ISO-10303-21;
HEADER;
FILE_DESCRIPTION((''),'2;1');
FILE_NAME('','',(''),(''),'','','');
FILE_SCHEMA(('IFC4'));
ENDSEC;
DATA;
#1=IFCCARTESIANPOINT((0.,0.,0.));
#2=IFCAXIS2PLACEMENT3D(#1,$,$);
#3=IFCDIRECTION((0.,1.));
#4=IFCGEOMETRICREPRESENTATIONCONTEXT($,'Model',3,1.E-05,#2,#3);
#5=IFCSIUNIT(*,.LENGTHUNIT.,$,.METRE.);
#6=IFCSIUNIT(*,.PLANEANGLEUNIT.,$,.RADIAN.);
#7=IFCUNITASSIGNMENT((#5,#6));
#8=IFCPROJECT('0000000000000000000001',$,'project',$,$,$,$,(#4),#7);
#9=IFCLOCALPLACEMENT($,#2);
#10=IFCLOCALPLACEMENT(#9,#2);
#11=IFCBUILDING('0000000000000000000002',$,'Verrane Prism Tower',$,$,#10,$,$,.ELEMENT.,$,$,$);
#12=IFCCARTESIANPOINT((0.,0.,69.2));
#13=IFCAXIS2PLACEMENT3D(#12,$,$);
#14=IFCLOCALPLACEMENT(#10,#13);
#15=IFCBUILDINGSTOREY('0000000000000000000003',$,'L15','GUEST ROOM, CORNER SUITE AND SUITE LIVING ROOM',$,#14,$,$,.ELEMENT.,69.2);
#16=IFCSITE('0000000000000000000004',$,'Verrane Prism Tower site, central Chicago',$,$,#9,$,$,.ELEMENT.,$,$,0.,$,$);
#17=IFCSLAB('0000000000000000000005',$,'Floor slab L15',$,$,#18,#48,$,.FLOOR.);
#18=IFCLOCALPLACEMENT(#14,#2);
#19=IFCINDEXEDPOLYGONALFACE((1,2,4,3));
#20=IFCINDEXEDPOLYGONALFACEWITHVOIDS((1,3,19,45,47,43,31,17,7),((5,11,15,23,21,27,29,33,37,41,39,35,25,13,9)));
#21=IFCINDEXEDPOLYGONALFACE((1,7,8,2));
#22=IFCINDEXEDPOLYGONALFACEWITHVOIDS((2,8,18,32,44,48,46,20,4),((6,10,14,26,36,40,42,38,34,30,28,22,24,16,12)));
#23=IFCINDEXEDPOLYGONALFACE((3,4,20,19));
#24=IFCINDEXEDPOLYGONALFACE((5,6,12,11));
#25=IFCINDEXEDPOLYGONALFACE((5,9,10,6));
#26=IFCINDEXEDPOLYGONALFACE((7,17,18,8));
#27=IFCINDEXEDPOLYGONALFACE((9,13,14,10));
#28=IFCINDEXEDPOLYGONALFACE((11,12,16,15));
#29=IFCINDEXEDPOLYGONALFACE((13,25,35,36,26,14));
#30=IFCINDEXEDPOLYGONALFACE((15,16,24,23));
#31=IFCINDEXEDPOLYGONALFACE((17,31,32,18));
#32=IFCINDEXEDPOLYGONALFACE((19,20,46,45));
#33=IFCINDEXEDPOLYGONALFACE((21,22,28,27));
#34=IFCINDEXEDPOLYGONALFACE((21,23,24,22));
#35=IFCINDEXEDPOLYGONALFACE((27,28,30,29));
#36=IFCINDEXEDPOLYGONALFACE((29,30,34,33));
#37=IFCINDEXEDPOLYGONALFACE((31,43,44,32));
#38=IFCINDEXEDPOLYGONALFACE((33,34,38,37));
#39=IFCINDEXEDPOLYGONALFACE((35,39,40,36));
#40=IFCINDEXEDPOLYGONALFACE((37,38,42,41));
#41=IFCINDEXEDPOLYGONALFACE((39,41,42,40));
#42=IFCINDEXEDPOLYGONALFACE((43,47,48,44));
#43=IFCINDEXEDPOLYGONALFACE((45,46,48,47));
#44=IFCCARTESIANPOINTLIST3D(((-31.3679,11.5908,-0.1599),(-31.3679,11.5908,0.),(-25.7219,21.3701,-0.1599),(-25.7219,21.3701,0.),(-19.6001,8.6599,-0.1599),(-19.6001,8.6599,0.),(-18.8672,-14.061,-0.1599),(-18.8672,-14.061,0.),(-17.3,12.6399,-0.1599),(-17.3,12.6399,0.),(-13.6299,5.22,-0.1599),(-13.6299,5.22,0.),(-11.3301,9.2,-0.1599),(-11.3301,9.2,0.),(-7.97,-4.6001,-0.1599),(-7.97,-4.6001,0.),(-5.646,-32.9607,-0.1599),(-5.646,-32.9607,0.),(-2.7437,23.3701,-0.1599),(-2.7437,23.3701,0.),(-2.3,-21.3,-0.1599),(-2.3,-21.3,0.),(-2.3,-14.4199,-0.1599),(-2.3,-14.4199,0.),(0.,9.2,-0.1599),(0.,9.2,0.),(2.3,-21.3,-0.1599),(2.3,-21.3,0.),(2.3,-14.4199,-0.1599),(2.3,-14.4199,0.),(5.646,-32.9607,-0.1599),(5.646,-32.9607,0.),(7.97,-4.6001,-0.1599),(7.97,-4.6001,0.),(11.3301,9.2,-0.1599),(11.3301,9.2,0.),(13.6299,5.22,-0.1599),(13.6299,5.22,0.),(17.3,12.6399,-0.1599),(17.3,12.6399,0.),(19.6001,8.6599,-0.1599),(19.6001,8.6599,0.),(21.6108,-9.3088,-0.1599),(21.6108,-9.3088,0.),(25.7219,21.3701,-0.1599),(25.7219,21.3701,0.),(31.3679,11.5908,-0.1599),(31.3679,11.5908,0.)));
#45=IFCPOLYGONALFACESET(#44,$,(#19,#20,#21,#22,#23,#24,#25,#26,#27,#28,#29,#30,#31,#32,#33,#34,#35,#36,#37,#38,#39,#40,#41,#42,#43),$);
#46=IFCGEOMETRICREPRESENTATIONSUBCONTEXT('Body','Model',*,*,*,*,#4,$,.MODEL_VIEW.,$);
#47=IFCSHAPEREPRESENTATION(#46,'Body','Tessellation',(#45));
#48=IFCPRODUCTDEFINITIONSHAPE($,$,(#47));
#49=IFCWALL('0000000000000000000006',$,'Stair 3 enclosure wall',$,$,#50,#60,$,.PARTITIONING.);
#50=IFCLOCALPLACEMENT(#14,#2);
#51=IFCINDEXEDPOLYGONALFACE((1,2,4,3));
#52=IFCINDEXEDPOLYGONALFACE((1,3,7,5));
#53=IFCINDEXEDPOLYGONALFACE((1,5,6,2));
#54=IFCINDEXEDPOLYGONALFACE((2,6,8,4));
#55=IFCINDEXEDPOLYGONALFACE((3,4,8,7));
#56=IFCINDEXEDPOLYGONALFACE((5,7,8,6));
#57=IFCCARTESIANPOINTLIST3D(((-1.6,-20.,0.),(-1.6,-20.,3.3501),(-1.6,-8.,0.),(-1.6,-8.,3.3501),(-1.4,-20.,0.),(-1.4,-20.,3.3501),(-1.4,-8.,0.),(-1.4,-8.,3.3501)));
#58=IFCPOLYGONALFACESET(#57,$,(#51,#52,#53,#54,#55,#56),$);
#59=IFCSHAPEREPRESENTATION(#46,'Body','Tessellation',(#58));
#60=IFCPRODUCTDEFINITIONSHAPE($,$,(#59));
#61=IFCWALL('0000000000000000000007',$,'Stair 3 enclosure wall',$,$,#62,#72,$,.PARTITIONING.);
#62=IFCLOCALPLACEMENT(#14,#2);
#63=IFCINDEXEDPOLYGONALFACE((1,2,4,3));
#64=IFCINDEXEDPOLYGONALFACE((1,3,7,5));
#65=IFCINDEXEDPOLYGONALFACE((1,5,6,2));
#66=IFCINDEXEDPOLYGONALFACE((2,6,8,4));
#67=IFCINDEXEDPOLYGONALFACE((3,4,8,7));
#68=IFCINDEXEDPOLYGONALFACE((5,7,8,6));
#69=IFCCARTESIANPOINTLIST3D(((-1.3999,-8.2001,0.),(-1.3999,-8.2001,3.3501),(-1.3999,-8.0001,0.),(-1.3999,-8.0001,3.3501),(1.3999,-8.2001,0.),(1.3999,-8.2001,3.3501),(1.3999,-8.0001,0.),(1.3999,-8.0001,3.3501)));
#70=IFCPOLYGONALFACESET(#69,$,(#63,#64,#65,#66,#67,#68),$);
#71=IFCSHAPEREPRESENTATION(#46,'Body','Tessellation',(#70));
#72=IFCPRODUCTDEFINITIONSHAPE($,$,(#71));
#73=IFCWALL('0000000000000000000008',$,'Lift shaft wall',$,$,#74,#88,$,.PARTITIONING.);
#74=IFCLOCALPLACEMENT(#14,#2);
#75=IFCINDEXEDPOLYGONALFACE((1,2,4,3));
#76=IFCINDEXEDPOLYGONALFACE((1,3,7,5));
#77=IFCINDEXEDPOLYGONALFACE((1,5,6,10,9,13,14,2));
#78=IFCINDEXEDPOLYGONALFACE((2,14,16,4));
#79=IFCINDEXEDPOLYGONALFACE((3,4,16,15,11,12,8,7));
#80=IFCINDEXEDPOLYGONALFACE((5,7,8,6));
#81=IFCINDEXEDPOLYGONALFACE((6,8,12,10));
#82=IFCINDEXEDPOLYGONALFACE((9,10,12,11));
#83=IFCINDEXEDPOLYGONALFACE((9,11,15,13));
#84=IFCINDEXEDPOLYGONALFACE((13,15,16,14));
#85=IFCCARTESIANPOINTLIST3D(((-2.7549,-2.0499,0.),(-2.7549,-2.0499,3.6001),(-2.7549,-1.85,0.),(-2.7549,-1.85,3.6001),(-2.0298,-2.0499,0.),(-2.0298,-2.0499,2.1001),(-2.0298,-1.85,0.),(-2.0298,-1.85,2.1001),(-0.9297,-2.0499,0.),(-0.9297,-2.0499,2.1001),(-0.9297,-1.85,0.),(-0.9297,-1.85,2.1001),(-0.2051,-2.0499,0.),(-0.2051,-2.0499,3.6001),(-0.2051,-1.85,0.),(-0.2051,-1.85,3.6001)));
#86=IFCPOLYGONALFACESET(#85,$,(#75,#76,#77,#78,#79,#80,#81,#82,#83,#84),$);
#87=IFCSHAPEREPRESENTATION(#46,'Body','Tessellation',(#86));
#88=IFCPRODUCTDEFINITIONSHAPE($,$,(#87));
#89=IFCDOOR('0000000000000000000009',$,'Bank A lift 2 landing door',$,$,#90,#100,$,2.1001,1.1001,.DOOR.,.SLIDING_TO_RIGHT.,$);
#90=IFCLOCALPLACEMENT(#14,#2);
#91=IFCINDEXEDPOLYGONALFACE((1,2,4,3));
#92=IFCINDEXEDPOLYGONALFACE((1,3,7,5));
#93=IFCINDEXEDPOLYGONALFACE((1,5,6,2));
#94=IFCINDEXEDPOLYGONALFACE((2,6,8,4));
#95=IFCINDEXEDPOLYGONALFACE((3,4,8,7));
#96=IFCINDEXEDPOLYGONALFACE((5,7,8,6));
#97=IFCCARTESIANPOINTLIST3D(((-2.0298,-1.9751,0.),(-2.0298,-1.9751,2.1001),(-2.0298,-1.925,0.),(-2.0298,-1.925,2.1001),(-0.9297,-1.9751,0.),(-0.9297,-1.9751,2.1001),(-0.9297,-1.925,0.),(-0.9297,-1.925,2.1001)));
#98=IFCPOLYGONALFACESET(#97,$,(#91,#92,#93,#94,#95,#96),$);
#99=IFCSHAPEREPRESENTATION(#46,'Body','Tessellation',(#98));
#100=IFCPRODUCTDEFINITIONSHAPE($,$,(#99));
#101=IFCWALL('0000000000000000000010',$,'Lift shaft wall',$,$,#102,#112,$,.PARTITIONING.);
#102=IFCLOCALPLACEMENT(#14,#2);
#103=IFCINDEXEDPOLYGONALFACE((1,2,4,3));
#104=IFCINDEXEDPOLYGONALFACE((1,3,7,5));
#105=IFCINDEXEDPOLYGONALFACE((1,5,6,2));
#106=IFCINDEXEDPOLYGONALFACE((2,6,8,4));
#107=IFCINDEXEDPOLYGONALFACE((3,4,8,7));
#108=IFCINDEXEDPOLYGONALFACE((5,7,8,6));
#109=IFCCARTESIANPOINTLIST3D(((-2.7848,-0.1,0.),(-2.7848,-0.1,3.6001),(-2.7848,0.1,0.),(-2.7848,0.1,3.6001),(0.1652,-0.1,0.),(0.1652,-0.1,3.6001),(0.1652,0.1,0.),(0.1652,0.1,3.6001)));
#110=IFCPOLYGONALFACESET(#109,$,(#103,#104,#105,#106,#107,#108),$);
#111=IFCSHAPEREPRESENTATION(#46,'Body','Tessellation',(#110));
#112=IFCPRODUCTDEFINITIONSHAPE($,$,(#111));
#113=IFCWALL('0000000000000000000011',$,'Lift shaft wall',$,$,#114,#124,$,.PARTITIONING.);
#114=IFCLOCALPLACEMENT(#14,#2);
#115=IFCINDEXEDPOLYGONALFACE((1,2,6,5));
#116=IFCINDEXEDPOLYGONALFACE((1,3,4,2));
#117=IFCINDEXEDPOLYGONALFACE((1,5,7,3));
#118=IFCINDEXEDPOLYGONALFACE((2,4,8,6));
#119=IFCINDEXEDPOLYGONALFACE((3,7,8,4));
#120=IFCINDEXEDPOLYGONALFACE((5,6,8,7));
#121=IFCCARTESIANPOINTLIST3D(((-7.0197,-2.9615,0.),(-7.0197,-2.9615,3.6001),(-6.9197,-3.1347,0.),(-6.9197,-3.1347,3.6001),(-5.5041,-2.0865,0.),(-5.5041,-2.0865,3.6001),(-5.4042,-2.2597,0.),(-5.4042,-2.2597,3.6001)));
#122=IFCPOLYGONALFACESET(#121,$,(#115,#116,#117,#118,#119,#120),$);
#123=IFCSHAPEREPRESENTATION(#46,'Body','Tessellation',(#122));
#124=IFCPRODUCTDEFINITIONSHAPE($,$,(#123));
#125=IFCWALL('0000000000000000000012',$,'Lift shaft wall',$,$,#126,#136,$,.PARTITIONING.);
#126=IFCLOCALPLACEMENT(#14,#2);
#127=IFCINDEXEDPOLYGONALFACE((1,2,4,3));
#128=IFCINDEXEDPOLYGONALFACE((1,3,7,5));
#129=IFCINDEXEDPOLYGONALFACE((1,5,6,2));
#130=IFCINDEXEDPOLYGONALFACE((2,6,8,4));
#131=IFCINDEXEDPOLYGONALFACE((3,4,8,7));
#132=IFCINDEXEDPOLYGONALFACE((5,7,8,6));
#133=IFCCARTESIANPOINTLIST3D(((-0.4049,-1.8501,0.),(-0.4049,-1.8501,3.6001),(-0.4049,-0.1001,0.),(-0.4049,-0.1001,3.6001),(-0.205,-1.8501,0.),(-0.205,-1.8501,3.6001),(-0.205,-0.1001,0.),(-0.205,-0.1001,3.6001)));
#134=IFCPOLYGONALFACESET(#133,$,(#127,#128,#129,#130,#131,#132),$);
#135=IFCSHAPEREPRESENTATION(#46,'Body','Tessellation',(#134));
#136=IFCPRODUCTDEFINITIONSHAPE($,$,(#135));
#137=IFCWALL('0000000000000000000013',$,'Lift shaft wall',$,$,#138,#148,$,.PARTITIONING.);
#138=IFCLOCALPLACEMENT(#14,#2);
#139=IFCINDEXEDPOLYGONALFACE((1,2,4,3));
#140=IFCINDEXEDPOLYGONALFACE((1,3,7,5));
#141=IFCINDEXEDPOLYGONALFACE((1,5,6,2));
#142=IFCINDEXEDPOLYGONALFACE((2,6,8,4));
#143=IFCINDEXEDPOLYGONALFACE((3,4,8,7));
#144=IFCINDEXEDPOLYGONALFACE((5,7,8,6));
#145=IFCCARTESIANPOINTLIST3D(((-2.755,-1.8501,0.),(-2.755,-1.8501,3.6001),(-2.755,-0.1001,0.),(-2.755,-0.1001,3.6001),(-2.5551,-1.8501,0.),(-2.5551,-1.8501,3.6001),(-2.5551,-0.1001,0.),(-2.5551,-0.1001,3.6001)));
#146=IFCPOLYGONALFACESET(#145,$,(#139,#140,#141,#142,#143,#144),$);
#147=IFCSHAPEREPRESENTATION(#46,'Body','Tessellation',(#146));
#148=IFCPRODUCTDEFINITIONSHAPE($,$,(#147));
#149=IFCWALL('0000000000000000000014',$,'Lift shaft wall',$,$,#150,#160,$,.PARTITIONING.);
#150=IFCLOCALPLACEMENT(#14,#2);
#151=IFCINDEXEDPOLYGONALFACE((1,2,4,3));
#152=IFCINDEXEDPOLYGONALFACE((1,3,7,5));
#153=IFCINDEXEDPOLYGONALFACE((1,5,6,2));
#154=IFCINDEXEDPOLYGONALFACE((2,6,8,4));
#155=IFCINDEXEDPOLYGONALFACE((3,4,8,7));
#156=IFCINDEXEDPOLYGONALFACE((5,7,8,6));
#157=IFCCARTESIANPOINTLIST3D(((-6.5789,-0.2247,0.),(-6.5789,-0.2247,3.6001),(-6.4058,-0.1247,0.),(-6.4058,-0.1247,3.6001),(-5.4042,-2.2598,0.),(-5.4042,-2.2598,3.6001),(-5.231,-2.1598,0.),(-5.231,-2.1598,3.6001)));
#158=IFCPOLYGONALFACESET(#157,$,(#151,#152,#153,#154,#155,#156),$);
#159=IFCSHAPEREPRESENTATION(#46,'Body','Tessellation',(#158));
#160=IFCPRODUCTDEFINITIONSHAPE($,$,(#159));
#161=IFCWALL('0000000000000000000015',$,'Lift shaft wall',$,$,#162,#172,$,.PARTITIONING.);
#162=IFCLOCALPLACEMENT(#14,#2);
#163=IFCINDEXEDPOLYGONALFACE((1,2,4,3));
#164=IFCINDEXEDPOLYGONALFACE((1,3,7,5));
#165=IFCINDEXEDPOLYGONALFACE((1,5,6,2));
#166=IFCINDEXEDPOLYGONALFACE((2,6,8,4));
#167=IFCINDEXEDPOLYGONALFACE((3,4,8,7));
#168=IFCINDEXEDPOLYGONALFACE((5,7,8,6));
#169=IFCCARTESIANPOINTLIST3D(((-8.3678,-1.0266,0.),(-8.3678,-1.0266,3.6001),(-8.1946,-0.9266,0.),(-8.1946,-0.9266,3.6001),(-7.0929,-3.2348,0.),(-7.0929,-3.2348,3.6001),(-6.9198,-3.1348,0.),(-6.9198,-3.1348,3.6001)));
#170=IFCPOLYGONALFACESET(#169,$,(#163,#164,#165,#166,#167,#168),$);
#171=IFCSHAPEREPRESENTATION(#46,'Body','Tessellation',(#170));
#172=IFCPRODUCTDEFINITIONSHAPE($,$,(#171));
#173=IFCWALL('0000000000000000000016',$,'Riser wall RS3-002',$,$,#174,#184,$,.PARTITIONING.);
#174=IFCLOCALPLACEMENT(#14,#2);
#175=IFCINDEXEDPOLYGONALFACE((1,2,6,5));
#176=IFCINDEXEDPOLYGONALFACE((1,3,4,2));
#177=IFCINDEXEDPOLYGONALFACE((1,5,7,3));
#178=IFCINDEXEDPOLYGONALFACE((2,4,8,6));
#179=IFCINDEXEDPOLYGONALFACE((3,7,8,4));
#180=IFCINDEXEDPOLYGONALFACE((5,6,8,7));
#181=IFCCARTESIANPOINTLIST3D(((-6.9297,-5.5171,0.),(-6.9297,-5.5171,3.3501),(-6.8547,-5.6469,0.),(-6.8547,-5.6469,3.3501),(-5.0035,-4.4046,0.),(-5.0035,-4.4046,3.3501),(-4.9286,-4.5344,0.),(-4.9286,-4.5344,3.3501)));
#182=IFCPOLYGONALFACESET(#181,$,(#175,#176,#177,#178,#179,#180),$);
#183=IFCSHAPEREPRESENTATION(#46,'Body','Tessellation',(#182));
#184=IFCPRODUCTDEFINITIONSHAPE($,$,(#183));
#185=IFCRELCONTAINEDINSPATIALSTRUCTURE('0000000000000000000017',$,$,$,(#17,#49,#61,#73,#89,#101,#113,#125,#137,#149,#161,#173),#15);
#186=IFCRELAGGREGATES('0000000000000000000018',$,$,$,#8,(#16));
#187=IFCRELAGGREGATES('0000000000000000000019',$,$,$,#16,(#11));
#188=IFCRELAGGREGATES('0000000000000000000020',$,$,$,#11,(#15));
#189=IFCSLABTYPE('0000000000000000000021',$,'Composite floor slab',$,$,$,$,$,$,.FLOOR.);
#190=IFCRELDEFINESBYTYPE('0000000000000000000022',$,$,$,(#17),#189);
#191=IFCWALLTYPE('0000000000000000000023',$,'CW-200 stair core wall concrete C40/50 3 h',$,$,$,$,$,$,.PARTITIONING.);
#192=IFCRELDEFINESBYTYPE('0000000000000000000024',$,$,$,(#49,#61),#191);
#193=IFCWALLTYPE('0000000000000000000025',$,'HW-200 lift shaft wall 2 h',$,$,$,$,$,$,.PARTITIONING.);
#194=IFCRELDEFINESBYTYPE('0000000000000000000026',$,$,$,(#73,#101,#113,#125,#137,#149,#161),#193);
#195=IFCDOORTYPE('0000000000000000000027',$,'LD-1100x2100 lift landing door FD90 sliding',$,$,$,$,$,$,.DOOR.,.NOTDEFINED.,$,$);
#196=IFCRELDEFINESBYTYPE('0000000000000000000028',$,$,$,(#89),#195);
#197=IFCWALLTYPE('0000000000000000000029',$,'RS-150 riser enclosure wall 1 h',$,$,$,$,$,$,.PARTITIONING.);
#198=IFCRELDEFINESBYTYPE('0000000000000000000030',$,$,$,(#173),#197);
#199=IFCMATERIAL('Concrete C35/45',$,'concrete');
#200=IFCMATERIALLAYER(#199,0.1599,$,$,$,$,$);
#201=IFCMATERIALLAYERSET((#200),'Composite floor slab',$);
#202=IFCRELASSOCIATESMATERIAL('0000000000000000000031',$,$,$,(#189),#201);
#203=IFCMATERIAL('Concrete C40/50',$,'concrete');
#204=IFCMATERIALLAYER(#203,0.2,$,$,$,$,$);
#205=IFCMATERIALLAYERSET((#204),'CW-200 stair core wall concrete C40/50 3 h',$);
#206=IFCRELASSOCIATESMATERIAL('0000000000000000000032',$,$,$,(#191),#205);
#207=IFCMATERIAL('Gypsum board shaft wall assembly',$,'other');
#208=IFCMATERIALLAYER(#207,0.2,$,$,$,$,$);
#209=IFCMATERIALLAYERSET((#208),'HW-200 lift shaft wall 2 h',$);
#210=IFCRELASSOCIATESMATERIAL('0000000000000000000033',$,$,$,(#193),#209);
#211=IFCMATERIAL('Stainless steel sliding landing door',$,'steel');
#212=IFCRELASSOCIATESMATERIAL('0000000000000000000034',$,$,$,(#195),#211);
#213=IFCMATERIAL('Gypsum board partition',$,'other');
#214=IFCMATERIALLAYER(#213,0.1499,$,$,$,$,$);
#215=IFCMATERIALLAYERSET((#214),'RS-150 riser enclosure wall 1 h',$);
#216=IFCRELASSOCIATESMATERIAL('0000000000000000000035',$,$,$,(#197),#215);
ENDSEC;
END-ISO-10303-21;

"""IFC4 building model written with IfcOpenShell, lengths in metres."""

from ifc_helpers import new_model, si_unit, direction, frame, frame_2d, origin, place, context, subcontext, project, spatial, polyline, rectangle, outline, extrude, material, layer, layer_set, type_object, element, fill, save


model = new_model("IFC4")

# Units and contexts
model_context = context("Model", 3, precision=1e-05, world=origin(), true_north=direction((0.0, 1.0)))
body_context = subcontext(model_context, "Body", "Model", "MODEL_VIEW")
ifc_project = project(units=[si_unit("LENGTHUNIT", "METRE"), si_unit("PLANEANGLEUNIT", "RADIAN")], contexts=[model_context])

# Site, building, storey
site_placement = place(None, origin())
site = spatial("IfcSite", under=ifc_project, at=site_placement, Name="Verrane Prism Tower site, central Chicago", CompositionType="ELEMENT", RefElevation=0.0)
building_placement = place(site_placement, origin())
building = spatial("IfcBuilding", under=site, at=building_placement, Name="Verrane Prism Tower", CompositionType="ELEMENT")
storey_placement = place(building_placement, frame((0.0, 0.0, 69.2)))
storey = spatial("IfcBuildingStorey", under=building, at=storey_placement, Name="L15", Description="GUEST ROOM, CORNER SUITE AND SUITE LIVING ROOM", CompositionType="ELEMENT", Elevation=69.2)

# Slab
ifc_material_1 = material(Name="Concrete C35/45", Category="concrete")
ifc_layer_1 = layer(ifc_material_1, 0.1599)
ifc_layer_set_1 = layer_set([ifc_layer_1], Name="Composite floor slab")
slab_type = type_object("IfcSlabType", Name="Composite floor slab", PredefinedType="FLOOR", material=ifc_layer_set_1)
slab_placement = place(storey_placement, frame((0.0, 0.0, -0.1599)))
element("IfcSlab", 1, at=slab_placement, inside=storey, type_object=slab_type, Name="Floor slab L15", PredefinedType="FLOOR", context=body_context, shape_type="SweptSolid", body=[
    extrude(outline(polyline([(21.6108, -9.3088), (5.646, -32.9607), (-5.646, -32.9607), (-18.8672, -14.061), (-31.3679, 11.5908), (-25.7219, 21.3701), (-2.7437, 23.3701), (25.7219, 21.3701), (31.3679, 11.5908), (21.6108, -9.3088)]), holes=[polyline([(19.6001, 8.6599), (17.3, 12.6399), (11.3301, 9.2), (0.0, 9.2), (-11.3301, 9.2), (-17.3, 12.6399), (-19.6001, 8.6599), (-13.6299, 5.22), (-7.97, -4.6001), (-2.3, -14.4199), (-2.3, -21.3), (2.3, -21.3), (2.3, -14.4199), (7.97, -4.6001), (13.6299, 5.22), (19.6001, 8.6599)])]), origin(), (0.0, 0.0, 1.0), 0.1599),
])

# Walls
ifc_material_2 = material(Name="Concrete C40/50", Category="concrete")
ifc_layer_2 = layer(ifc_material_2, 0.2)
ifc_layer_set_2 = layer_set([ifc_layer_2], Name="CW-200 stair core wall concrete C40/50 3 h")
wall_type_1 = type_object("IfcWallType", Name="CW-200 stair core wall concrete C40/50 3 h", PredefinedType="PARTITIONING", material=ifc_layer_set_2)
wall_1_placement = place(storey_placement, frame((-1.5, -8.0, 0.0), z_axis=(0.0, 0.0, 1.0), x_axis=(0.0, -1.0, 0.0)))
element("IfcWall", 2, at=wall_1_placement, inside=storey, type_object=wall_type_1, Name="Stair 3 enclosure wall", PredefinedType="PARTITIONING", context=body_context, shape_type="SweptSolid", body=[
    extrude(rectangle(XDim=12.0, YDim=0.2, at=frame_2d((6.0, 0.0))), origin(), (0.0, 0.0, 1.0), 3.3501),
])
wall_2_placement = place(storey_placement, frame((-1.3999, -8.1001, 0.0), z_axis=(0.0, 0.0, 1.0), x_axis=(1.0, 0.0, 0.0)))
element("IfcWall", 3, at=wall_2_placement, inside=storey, type_object=wall_type_1, Name="Stair 3 enclosure wall", PredefinedType="PARTITIONING", context=body_context, shape_type="SweptSolid", body=[
    extrude(rectangle(XDim=2.7998, YDim=0.2, at=frame_2d((1.3999, 0.0))), origin(), (0.0, 0.0, 1.0), 3.3501),
])

# Wall, opening, door
ifc_material_3 = material(Name="Gypsum board shaft wall assembly", Category="other")
ifc_layer_3 = layer(ifc_material_3, 0.2)
ifc_layer_set_3 = layer_set([ifc_layer_3], Name="HW-200 lift shaft wall 2 h")
wall_type_2 = type_object("IfcWallType", Name="HW-200 lift shaft wall 2 h", PredefinedType="PARTITIONING", material=ifc_layer_set_3)
wall_3_placement = place(storey_placement, frame((-2.7549, -1.95, 0.0), z_axis=(0.0, 0.0, 1.0), x_axis=(1.0, 0.0, 0.0)))
wall_3 = element("IfcWall", 4, at=wall_3_placement, inside=storey, type_object=wall_type_2, Name="Lift shaft wall", PredefinedType="PARTITIONING", context=body_context, shape_type="SweptSolid", body=[
    extrude(rectangle(XDim=2.5498, YDim=0.2, at=frame_2d((1.2749, 0.0))), origin(), (0.0, 0.0, 1.0), 3.6001),
])
opening_1_placement = place(wall_3_placement, frame((0.7251, 0.0, 0.0)))
opening_1 = element("IfcOpeningElement", 5, at=opening_1_placement, cuts=wall_3, PredefinedType="OPENING", context=body_context, shape_type="SweptSolid", body=[
    extrude(rectangle(XDim=1.1001, YDim=2.1001, at=frame_2d((0.55, 1.05))), frame((0.0, 0.1099, 0.0), z_axis=(0.0, -1.0, 0.0), x_axis=(1.0, 0.0, 0.0)), (0.0, 0.0, 1.0), 0.22),
])
ifc_material_4 = material(Name="Stainless steel sliding landing door", Category="steel")
door_type_1 = type_object("IfcDoorType", Name="LD-1100x2100 lift landing door FD90 sliding", OperationType="NOTDEFINED", PredefinedType="DOOR", material=ifc_material_4)
door_1_placement = place(opening_1_placement, origin())
door_1 = element("IfcDoor", 6, at=door_1_placement, inside=storey, type_object=door_type_1, Name="Bank A lift 2 landing door", OperationType="SLIDING_TO_RIGHT", OverallHeight=2.1001, OverallWidth=1.1001, PredefinedType="DOOR", context=body_context, shape_type="SweptSolid", body=[
    extrude(rectangle(XDim=1.1001, YDim=2.1001, at=frame_2d((0.55, 1.05))), frame((0.0, 0.0249, 0.0), z_axis=(0.0, -1.0, 0.0), x_axis=(1.0, 0.0, 0.0)), (0.0, 0.0, 1.0), 0.05),
])
fill(opening_1, door_1)

# Walls
wall_4_placement = place(storey_placement, frame((-2.7849, 0.0, 0.0), z_axis=(0.0, 0.0, 1.0), x_axis=(1.0, 0.0, 0.0)))
element("IfcWall", 7, at=wall_4_placement, inside=storey, type_object=wall_type_2, Name="Lift shaft wall", PredefinedType="PARTITIONING", context=body_context, shape_type="SweptSolid", body=[
    extrude(rectangle(XDim=2.95, YDim=0.2, at=frame_2d((1.4751, 0.0))), origin(), (0.0, 0.0, 1.0), 3.6001),
])
for number, where, z_axis, x_axis, name in (
    (8, (-6.9697, -3.0481, 0.0), (0.0, 0.0, 1.0), (0.866037, 0.49998, 0.0), "Lift shaft wall"),
    (9, (-0.3049, -1.8501, 0.0), (0.0, 0.0, 1.0), (0.0, 1.0, 0.0), "Lift shaft wall"),
    (10, (-2.655, -1.8501, 0.0), (0.0, 0.0, 1.0), (0.0, 1.0, 0.0), "Lift shaft wall"),
):
    element("IfcWall", number, at=place(storey_placement, frame(where, z_axis=z_axis, x_axis=x_axis)), inside=storey, type_object=wall_type_2, Name=name, PredefinedType="PARTITIONING", context=body_context, shape_type="SweptSolid", body=[
        extrude(rectangle(XDim=1.75, YDim=0.2, at=frame_2d((0.875, 0.0))), origin(), (0.0, 0.0, 1.0), 3.6001),
    ])
wall_5_placement = place(storey_placement, frame((-5.3176, -2.2097, 0.0), z_axis=(0.0, 0.0, 1.0), x_axis=(-0.499938, 0.866061, 0.0)))
element("IfcWall", 11, at=wall_5_placement, inside=storey, type_object=wall_type_2, Name="Lift shaft wall", PredefinedType="PARTITIONING", context=body_context, shape_type="SweptSolid", body=[
    extrude(rectangle(XDim=2.3499, YDim=0.2, at=frame_2d((1.1748, 0.0))), origin(), (0.0, 0.0, 1.0), 3.6001),
])
wall_6_placement = place(storey_placement, frame((-7.0063, -3.1848, 0.0), z_axis=(0.0, 0.0, 1.0), x_axis=(-0.49999, 0.866031, 0.0)))
element("IfcWall", 12, at=wall_6_placement, inside=storey, type_object=wall_type_2, Name="Lift shaft wall", PredefinedType="PARTITIONING", context=body_context, shape_type="SweptSolid", body=[
    extrude(rectangle(XDim=2.5498, YDim=0.2, at=frame_2d((1.2749, 0.0))), origin(), (0.0, 0.0, 1.0), 3.6001),
])
ifc_material_5 = material(Name="Gypsum board partition", Category="other")
ifc_layer_4 = layer(ifc_material_5, 0.1499)
ifc_layer_set_4 = layer_set([ifc_layer_4], Name="RS-150 riser enclosure wall 1 h")
wall_type_3 = type_object("IfcWallType", Name="RS-150 riser enclosure wall 1 h", PredefinedType="PARTITIONING", material=ifc_layer_set_4)
wall_7_placement = place(storey_placement, frame((-6.8923, -5.582, 0.0), z_axis=(0.0, 0.0, 1.0), x_axis=(0.865944, 0.50014, 0.0)))
element("IfcWall", 13, at=wall_7_placement, inside=storey, type_object=wall_type_3, Name="Riser wall RS3-002", PredefinedType="PARTITIONING", context=body_context, shape_type="SweptSolid", body=[
    extrude(rectangle(XDim=2.2244, YDim=0.1499, at=frame_2d((1.1123, 0.0))), origin(), (0.0, 0.0, 1.0), 3.3501),
])

save(model, "model.ifc")
